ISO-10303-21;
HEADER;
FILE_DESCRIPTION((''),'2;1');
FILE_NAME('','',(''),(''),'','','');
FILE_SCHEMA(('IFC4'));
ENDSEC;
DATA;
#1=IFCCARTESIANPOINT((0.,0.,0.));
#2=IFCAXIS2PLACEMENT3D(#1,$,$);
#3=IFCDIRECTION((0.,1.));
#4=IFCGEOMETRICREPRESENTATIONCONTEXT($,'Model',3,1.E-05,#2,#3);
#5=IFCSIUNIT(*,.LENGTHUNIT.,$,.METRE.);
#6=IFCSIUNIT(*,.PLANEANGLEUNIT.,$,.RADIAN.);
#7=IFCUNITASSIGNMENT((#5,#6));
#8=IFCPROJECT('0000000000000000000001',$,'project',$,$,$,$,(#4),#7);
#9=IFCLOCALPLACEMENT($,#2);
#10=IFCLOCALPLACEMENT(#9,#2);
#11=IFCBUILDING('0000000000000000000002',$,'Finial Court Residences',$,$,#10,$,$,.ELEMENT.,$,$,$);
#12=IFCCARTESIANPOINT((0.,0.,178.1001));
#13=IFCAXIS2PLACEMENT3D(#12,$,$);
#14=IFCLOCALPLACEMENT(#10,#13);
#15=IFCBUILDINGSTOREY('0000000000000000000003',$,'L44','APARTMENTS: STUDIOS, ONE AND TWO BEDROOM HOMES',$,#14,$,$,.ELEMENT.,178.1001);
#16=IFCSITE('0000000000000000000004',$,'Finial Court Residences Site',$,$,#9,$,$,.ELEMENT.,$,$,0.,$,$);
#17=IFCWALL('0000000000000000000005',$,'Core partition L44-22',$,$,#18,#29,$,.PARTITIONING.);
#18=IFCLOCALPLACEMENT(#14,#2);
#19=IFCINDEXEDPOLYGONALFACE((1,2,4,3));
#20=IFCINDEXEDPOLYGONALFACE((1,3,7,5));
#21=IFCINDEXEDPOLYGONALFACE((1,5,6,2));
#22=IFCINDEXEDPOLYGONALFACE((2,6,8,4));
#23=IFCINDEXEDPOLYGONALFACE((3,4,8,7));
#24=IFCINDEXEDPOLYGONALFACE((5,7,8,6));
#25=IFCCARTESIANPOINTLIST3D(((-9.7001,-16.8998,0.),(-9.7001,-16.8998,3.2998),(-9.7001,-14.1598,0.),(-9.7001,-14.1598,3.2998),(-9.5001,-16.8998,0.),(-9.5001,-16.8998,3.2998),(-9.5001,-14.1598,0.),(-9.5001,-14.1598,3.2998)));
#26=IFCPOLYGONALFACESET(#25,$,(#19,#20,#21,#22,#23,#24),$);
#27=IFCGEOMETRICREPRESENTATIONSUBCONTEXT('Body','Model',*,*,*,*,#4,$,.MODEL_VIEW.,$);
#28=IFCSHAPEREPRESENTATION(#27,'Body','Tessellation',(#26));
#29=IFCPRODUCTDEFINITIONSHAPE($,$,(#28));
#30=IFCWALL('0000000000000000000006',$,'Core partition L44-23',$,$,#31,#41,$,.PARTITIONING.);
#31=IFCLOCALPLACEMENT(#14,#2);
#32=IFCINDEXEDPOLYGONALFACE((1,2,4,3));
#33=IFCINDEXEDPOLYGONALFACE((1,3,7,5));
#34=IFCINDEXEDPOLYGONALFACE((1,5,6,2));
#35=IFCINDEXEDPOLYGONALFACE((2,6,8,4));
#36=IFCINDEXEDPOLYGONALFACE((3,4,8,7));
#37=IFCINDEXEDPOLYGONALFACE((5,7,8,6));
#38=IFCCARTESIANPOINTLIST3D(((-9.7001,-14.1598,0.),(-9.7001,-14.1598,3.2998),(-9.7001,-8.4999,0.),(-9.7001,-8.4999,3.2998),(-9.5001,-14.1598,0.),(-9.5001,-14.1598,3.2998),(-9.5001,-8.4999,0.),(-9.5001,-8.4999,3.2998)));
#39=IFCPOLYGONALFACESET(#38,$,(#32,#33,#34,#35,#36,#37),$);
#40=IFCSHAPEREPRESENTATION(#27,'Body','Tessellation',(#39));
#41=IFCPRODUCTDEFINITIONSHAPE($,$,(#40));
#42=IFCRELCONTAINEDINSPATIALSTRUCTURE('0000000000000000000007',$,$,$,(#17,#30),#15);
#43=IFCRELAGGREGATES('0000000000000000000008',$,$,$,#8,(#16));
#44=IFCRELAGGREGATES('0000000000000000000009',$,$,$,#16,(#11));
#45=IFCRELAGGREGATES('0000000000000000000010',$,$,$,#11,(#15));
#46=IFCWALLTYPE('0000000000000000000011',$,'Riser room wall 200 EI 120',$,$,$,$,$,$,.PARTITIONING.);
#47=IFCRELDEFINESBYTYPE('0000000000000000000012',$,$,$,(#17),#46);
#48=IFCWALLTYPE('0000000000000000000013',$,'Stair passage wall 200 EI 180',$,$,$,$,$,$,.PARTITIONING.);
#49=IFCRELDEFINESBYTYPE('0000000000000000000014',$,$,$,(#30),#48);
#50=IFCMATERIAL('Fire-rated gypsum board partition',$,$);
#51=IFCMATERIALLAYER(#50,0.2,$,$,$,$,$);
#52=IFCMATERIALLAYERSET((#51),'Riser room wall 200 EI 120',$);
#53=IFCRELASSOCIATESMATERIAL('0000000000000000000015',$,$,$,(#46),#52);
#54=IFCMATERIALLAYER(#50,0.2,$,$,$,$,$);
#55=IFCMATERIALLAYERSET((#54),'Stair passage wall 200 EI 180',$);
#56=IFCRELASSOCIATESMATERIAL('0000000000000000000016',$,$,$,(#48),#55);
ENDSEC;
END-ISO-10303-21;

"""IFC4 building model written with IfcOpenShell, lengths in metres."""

from ifc_helpers import new_model, si_unit, direction, frame, frame_2d, origin, place, context, subcontext, project, spatial, rectangle, extrude, material, layer, layer_set, type_object, element, save


model = new_model("IFC4")

# Units and contexts
model_context = context("Model", 3, precision=1e-05, world=origin(), true_north=direction((0.0, 1.0)))
body_context = subcontext(model_context, "Body", "Model", "MODEL_VIEW")
ifc_project = project(units=[si_unit("LENGTHUNIT", "METRE"), si_unit("PLANEANGLEUNIT", "RADIAN")], contexts=[model_context])

# Site, building, storey
site_placement = place(None, origin())
site = spatial("IfcSite", under=ifc_project, at=site_placement, Name="Finial Court Residences Site", CompositionType="ELEMENT", RefElevation=0.0)
building_placement = place(site_placement, origin())
building = spatial("IfcBuilding", under=site, at=building_placement, Name="Finial Court Residences", CompositionType="ELEMENT")
storey_placement = place(building_placement, frame((0.0, 0.0, 178.1001)))
storey = spatial("IfcBuildingStorey", under=building, at=storey_placement, Name="L44", Description="APARTMENTS: STUDIOS, ONE AND TWO BEDROOM HOMES", CompositionType="ELEMENT", Elevation=178.1001)

# Shared definitions
ifc_material_1 = material(Name="Fire-rated gypsum board partition")

# Shared definitions
ifc_layer_1 = layer(ifc_material_1, 0.2)
ifc_layer_set_1 = layer_set([ifc_layer_1], Name="Riser room wall 200 EI 120")
wall_type_1 = type_object("IfcWallType", Name="Riser room wall 200 EI 120", PredefinedType="PARTITIONING", material=ifc_layer_set_1)

# Walls
wall_1_placement = place(storey_placement, frame((-9.6001, -16.8999, 0.0), z_axis=(0.0, 0.0, 1.0), x_axis=(0.0, 1.0, 0.0)))
element("IfcWall", 1, at=wall_1_placement, inside=storey, type_object=wall_type_1, Name="Core partition L44-22", PredefinedType="PARTITIONING", context=body_context, shape_type="SweptSolid", body=[
    extrude(rectangle(XDim=2.74, YDim=0.2, at=frame_2d((1.3701, 0.0))), origin(), (0.0, 0.0, 1.0), 3.2998),
])
ifc_layer_2 = layer(ifc_material_1, 0.2)
ifc_layer_set_2 = layer_set([ifc_layer_2], Name="Stair passage wall 200 EI 180")
wall_type_2 = type_object("IfcWallType", Name="Stair passage wall 200 EI 180", PredefinedType="PARTITIONING", material=ifc_layer_set_2)
wall_2_placement = place(storey_placement, frame((-9.6001, -14.1599, 0.0), z_axis=(0.0, 0.0, 1.0), x_axis=(0.0, 1.0, 0.0)))
element("IfcWall", 2, at=wall_2_placement, inside=storey, type_object=wall_type_2, Name="Core partition L44-23", PredefinedType="PARTITIONING", context=body_context, shape_type="SweptSolid", body=[
    extrude(rectangle(XDim=5.6599, YDim=0.2, at=frame_2d((2.8301, 0.0))), origin(), (0.0, 0.0, 1.0), 3.2998),
])

save(model, "model.ifc")
